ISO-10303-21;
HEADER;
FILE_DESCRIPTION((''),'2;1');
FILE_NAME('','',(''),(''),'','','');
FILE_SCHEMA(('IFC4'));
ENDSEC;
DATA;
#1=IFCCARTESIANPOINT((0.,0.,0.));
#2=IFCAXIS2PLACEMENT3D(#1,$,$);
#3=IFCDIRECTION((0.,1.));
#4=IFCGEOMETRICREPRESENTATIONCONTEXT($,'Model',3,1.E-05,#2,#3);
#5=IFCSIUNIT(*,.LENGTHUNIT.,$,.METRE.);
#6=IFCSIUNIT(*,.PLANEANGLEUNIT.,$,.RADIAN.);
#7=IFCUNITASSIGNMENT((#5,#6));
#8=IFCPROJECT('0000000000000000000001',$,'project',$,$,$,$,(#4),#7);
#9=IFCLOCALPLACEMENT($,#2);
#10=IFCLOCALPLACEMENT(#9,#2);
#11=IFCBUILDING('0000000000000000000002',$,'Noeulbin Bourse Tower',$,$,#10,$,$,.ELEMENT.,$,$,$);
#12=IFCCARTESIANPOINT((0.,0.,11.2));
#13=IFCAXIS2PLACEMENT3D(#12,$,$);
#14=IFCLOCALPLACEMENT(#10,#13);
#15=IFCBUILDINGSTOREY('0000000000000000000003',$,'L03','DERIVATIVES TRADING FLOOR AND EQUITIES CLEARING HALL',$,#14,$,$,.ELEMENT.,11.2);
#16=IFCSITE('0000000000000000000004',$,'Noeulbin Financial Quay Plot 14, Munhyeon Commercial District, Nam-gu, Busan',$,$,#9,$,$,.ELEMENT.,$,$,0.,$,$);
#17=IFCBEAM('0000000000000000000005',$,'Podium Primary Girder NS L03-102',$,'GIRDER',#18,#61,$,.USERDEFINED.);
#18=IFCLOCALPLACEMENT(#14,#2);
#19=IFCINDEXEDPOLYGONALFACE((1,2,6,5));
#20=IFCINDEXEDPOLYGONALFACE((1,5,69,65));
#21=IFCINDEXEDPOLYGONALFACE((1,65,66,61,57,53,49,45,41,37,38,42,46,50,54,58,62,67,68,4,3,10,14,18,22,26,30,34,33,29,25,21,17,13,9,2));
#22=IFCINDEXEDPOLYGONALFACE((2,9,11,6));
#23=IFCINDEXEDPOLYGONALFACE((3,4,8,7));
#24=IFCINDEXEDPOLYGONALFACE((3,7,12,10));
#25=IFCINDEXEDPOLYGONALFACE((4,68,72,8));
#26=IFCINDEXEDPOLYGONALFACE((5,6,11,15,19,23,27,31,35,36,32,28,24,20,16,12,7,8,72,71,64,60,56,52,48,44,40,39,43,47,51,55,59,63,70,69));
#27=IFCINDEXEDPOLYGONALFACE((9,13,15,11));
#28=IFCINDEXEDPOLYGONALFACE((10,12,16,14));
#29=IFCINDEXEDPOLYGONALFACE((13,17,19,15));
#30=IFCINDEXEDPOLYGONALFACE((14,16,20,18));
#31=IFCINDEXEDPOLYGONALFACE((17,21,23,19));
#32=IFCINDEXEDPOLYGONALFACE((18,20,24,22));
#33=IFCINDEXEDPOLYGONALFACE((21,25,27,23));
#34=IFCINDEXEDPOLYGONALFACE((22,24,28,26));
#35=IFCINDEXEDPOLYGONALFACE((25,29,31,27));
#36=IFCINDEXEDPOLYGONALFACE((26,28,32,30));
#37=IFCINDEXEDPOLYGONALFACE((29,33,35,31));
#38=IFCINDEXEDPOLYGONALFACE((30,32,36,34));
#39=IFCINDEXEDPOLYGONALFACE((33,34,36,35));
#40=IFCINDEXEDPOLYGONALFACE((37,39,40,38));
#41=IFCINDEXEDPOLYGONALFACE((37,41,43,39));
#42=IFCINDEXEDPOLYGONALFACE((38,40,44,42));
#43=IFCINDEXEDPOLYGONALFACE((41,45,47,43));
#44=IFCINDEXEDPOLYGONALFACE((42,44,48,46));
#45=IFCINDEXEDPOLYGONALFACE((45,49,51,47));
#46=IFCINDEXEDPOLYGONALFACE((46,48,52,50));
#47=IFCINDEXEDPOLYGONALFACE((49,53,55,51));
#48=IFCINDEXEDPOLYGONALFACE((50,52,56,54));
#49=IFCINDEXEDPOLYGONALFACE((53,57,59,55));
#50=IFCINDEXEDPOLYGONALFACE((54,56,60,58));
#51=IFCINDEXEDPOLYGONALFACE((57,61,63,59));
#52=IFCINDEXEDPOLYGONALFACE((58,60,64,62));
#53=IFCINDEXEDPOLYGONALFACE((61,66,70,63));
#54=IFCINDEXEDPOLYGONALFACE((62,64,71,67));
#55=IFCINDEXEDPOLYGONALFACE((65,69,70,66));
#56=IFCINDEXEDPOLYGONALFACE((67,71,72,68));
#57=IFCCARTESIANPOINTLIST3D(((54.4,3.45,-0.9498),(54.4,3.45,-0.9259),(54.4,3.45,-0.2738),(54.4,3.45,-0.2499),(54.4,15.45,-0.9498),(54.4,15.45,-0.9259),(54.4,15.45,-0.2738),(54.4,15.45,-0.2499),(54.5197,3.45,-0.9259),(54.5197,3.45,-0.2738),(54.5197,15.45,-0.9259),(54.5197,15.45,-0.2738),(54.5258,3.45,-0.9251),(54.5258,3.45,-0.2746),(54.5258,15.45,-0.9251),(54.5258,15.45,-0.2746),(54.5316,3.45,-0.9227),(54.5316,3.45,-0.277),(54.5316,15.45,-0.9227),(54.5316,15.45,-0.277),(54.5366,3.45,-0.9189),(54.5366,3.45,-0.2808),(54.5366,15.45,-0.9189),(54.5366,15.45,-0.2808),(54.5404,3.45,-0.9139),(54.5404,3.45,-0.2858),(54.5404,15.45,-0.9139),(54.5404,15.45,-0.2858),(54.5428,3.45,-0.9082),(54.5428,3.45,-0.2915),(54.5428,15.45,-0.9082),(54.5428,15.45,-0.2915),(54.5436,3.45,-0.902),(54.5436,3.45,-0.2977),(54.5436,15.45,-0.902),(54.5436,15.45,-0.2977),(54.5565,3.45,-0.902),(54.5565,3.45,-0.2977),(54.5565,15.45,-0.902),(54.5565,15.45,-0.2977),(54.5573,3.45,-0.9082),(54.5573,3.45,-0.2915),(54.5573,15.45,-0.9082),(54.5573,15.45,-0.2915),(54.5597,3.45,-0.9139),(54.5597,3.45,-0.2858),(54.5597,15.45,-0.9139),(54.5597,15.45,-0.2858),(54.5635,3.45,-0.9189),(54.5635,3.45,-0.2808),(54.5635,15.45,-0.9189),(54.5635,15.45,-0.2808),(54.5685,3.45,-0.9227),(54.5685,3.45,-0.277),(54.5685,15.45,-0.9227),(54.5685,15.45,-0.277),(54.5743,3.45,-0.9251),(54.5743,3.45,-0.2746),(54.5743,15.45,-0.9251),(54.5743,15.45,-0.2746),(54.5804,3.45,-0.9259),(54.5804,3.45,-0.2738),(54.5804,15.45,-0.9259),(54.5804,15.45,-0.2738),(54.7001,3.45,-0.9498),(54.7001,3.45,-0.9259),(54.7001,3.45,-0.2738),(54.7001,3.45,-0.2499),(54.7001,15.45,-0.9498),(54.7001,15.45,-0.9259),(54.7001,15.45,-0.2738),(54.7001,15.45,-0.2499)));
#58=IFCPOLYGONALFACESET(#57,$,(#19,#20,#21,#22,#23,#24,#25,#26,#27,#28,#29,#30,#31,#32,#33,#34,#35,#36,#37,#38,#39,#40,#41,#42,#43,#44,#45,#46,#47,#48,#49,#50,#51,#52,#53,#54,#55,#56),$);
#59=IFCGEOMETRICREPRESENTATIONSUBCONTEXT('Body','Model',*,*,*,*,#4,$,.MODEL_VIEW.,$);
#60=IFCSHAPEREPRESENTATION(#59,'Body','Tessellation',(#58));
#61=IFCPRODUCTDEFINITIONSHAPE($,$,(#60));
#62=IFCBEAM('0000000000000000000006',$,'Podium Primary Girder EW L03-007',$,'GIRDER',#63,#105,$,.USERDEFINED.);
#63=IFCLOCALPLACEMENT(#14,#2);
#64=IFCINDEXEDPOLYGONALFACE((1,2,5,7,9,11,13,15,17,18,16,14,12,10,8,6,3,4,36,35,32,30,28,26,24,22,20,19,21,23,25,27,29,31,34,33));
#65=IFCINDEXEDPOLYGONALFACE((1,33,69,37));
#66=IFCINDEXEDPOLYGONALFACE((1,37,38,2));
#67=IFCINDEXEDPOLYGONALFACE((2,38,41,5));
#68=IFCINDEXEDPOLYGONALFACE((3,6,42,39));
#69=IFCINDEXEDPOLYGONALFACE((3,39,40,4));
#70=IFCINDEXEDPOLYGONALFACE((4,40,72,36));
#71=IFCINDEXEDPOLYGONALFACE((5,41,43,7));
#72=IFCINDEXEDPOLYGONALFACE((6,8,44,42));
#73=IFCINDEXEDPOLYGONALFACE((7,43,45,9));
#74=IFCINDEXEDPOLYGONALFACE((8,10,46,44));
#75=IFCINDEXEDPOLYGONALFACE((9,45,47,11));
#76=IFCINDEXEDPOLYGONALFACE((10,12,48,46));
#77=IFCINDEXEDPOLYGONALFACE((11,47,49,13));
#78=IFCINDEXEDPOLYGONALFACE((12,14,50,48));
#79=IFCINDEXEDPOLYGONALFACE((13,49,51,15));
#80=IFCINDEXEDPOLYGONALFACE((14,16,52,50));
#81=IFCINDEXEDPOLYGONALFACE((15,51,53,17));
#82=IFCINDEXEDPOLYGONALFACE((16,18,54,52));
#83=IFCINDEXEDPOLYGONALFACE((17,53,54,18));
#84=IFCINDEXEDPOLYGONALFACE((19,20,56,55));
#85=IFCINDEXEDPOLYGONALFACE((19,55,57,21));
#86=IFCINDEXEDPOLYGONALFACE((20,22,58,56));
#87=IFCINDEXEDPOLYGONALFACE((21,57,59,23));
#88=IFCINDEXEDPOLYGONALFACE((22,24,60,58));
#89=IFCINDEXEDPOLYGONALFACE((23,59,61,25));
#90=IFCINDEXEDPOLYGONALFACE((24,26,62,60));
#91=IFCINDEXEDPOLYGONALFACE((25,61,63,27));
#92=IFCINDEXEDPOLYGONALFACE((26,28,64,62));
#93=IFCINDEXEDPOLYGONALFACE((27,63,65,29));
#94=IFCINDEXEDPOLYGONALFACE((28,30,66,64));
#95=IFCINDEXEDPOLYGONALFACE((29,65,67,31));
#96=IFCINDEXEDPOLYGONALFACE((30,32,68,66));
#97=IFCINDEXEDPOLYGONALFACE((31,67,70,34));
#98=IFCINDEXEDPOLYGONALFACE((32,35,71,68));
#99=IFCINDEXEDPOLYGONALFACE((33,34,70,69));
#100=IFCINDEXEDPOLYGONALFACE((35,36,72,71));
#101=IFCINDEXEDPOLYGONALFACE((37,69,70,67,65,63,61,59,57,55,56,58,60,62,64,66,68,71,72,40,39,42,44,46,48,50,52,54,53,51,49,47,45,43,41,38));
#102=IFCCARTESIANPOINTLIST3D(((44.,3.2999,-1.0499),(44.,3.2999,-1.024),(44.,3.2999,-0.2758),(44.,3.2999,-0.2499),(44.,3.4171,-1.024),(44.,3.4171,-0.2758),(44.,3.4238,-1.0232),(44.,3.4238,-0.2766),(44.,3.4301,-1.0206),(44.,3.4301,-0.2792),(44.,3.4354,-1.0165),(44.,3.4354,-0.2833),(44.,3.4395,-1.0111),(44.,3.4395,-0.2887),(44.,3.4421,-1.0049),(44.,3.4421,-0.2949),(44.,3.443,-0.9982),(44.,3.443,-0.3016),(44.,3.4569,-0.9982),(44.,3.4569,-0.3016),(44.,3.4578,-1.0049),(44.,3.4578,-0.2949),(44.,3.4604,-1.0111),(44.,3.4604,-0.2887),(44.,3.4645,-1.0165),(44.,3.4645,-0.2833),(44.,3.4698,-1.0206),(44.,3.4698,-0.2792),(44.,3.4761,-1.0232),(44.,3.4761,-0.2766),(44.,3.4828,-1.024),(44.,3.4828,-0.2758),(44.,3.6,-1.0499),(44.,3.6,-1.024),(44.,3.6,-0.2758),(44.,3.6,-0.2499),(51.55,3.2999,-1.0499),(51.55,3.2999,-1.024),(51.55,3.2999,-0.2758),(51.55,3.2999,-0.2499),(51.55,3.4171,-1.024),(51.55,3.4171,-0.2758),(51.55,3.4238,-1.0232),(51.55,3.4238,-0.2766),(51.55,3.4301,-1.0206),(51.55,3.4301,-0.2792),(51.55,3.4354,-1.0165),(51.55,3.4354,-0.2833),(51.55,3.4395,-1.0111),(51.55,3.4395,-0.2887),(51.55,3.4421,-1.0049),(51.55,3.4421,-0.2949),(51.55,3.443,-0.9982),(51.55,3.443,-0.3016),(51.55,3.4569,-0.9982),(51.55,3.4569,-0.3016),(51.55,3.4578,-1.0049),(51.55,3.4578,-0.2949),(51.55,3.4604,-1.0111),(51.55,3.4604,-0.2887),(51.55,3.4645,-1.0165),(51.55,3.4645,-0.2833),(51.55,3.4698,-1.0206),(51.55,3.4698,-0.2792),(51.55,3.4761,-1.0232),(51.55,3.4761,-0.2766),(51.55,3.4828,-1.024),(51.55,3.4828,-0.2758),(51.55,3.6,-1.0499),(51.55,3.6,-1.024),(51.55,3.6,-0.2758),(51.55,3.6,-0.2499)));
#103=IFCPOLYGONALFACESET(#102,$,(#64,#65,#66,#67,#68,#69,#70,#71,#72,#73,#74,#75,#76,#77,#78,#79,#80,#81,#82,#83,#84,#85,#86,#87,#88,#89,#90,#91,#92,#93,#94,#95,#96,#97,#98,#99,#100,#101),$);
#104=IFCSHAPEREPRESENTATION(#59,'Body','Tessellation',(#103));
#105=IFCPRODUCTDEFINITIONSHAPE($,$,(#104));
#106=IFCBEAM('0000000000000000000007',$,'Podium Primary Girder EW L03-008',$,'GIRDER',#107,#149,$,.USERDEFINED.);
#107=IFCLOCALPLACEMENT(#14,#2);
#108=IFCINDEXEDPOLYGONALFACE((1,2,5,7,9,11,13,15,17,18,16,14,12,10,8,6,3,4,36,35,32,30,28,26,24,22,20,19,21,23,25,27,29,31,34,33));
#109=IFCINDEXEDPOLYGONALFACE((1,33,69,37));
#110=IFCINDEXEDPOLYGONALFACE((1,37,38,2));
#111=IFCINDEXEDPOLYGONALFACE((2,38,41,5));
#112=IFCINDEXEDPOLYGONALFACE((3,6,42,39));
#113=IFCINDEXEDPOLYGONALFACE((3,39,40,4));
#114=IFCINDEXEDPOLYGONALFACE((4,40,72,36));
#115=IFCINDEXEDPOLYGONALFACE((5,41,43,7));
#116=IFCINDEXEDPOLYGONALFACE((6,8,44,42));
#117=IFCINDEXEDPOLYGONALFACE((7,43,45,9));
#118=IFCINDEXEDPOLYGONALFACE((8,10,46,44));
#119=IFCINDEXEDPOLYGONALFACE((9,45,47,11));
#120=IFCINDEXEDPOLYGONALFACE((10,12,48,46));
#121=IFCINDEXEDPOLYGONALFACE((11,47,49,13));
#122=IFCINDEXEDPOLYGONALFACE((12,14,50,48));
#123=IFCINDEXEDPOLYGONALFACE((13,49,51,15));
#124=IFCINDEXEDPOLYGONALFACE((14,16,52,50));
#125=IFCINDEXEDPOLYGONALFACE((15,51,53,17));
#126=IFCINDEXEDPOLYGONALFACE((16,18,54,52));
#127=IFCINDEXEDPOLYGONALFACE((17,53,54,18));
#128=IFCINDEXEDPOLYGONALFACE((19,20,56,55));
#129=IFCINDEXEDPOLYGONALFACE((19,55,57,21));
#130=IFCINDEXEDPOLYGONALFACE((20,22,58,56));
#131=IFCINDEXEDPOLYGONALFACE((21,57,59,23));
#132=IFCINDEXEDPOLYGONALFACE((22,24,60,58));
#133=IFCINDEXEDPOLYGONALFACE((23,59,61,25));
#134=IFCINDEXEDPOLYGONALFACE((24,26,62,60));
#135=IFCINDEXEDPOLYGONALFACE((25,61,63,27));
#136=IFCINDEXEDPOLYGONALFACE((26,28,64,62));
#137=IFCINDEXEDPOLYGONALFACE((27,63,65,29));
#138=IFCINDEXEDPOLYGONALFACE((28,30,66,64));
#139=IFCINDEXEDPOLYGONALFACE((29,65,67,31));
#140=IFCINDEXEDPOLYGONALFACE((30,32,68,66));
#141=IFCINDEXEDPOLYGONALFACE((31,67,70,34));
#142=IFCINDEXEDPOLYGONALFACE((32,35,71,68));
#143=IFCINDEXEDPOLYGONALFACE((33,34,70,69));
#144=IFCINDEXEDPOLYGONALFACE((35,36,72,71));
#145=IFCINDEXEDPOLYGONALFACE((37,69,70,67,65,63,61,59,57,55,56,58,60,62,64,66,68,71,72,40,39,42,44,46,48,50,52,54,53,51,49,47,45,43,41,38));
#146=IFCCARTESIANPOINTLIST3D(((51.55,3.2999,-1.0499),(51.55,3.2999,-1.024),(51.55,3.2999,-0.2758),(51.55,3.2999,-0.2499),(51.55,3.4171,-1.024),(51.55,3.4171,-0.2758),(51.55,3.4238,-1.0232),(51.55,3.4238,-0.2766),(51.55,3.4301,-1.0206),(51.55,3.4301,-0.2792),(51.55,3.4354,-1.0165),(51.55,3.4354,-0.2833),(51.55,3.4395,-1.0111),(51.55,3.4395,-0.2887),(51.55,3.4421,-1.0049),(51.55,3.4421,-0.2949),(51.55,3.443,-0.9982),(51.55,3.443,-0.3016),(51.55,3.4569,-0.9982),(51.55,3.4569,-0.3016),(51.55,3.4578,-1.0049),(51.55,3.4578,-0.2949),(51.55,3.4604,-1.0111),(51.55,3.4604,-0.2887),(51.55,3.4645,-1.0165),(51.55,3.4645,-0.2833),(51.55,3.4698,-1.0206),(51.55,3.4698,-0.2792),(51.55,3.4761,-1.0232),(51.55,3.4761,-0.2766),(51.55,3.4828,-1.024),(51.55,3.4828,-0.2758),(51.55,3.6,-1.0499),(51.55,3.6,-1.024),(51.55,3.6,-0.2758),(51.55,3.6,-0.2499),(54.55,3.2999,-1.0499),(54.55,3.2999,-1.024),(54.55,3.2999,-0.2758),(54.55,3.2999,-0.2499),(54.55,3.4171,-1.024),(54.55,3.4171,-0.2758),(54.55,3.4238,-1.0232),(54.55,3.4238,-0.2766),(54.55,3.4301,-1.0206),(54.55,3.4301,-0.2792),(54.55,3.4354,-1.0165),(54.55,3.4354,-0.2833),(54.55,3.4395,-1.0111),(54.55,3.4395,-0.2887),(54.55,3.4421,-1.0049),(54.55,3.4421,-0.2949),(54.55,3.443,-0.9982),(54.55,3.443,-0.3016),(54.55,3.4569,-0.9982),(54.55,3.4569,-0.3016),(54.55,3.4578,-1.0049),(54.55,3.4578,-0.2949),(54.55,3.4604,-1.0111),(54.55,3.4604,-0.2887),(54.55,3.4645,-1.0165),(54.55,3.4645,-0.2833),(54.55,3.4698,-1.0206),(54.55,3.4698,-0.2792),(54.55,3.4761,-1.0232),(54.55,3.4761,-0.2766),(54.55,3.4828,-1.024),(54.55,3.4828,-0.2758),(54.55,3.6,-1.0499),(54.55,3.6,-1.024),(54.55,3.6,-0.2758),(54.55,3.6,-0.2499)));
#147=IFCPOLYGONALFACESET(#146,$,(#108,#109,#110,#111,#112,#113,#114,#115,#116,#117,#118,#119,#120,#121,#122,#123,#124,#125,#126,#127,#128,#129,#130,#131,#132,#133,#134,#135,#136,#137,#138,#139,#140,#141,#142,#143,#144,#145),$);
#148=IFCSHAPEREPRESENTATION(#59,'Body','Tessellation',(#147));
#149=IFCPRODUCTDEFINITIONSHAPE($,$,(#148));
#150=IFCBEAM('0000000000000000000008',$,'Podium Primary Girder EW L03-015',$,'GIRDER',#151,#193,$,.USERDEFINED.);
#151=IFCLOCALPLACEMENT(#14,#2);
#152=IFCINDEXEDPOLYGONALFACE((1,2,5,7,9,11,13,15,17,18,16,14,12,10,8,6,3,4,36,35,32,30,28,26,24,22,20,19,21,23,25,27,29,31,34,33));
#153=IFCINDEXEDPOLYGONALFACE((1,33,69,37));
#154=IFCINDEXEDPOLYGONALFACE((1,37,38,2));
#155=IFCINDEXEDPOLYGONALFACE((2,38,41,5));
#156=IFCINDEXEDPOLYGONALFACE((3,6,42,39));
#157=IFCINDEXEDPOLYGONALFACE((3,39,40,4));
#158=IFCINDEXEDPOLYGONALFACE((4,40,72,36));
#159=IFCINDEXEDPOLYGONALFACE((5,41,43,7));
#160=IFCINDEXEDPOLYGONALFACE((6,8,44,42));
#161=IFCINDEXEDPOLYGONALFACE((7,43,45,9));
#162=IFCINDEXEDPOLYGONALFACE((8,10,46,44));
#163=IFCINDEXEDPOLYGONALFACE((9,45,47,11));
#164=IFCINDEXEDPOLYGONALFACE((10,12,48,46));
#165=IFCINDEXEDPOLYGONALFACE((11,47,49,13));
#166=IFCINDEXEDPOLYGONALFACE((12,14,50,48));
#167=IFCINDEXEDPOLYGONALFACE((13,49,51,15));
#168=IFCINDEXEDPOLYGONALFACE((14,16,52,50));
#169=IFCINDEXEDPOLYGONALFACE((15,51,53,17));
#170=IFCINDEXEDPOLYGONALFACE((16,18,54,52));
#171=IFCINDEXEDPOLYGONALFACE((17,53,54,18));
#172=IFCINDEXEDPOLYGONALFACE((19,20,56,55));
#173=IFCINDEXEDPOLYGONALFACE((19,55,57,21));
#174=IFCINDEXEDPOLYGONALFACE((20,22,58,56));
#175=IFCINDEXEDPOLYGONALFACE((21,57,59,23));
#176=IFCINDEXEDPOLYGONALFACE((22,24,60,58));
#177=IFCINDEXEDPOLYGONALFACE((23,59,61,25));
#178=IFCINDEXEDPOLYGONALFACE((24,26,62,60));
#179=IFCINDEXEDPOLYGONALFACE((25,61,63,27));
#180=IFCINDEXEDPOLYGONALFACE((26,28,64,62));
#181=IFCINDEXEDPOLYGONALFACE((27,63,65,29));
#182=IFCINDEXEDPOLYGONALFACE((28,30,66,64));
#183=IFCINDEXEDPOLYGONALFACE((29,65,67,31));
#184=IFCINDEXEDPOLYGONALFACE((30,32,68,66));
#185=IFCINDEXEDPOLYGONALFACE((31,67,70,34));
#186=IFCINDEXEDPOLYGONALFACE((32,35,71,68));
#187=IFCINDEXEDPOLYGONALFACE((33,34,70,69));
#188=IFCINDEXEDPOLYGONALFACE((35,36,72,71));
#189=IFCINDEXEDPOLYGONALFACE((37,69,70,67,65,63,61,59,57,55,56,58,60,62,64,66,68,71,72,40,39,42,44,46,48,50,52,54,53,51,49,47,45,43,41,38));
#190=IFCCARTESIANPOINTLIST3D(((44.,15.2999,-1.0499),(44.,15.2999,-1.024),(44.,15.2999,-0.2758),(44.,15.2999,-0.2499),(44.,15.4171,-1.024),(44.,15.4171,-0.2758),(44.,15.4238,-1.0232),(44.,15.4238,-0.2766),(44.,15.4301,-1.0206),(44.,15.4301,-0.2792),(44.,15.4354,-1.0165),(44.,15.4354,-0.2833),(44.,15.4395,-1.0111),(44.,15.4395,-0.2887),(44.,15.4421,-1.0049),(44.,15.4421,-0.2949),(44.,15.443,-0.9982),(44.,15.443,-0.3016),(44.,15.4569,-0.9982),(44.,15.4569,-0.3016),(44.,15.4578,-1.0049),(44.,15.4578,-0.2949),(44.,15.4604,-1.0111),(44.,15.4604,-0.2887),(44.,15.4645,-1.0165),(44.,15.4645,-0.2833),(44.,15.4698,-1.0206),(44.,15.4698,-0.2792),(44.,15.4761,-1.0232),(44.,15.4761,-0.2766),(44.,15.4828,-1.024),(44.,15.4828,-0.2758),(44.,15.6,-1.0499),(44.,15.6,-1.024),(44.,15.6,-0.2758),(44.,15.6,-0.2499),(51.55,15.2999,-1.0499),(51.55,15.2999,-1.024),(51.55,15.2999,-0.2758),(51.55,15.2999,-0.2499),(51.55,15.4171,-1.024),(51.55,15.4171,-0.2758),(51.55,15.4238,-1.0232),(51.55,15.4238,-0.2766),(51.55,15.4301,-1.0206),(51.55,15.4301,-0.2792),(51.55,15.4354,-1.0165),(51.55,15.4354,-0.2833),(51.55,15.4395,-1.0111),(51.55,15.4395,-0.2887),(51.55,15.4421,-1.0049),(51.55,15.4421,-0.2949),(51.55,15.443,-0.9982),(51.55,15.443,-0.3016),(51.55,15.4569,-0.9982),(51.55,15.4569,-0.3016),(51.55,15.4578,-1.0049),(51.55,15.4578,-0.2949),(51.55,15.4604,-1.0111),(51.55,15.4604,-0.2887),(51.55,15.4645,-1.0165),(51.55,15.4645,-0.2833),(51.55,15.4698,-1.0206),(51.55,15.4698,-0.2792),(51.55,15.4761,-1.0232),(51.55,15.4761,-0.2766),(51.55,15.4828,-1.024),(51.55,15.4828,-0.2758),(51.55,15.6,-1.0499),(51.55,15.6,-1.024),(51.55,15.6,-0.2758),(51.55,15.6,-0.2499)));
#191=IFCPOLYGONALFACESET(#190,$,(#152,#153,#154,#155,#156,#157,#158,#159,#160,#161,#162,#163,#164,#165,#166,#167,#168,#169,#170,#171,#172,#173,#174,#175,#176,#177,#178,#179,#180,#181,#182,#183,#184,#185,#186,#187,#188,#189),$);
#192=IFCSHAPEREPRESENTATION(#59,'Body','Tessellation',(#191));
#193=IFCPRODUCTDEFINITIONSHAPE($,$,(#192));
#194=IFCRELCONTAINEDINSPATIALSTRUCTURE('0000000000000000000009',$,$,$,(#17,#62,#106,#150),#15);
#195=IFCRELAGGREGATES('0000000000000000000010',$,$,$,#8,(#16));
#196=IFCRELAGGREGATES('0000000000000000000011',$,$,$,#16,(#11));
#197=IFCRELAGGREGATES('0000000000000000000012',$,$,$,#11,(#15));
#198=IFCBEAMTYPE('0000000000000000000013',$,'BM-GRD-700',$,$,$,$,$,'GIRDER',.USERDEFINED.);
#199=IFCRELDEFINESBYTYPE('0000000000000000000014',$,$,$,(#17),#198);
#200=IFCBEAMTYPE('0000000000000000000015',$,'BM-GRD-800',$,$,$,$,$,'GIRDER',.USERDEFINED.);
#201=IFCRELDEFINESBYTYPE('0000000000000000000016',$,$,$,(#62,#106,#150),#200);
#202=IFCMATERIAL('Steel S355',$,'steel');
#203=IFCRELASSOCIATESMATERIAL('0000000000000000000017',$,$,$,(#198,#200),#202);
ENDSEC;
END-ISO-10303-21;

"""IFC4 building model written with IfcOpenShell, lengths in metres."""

from ifc_helpers import new_model, si_unit, direction, frame, origin, origin_2d, place, context, subcontext, project, spatial, i_section, extrude, material, material_profile, profile_set, type_object, element, save


model = new_model("IFC4")

# Units and contexts
model_context = context("Model", 3, precision=1e-05, world=origin(), true_north=direction((0.0, 1.0)))
body_context = subcontext(model_context, "Body", "Model", "MODEL_VIEW")
ifc_project = project(units=[si_unit("LENGTHUNIT", "METRE"), si_unit("PLANEANGLEUNIT", "RADIAN")], contexts=[model_context])

# Site, building, storey
site_placement = place(None, origin())
site = spatial("IfcSite", under=ifc_project, at=site_placement, Name="Noeulbin Financial Quay Plot 14, Munhyeon Commercial District, Nam-gu, Busan", CompositionType="ELEMENT", RefElevation=0.0)
building_placement = place(site_placement, origin())
building = spatial("IfcBuilding", under=site, at=building_placement, Name="Noeulbin Bourse Tower", CompositionType="ELEMENT")
storey_placement = place(building_placement, frame((0.0, 0.0, 11.2)))
storey = spatial("IfcBuildingStorey", under=building, at=storey_placement, Name="L03", Description="DERIVATIVES TRADING FLOOR AND EQUITIES CLEARING HALL", CompositionType="ELEMENT", Elevation=11.2)

# Beams
ifc_material_1 = material(Name="Steel S355", Category="steel")
ifc_material_profile_1 = material_profile(ifc_material_1, i_section(OverallWidth=0.3, OverallDepth=0.7, WebThickness=0.0129, FlangeThickness=0.0239, FilletRadius=0.0239, at=origin_2d()), Name="H-700x300x13x24", Category="LoadBearing")
ifc_profile_set_1 = profile_set([ifc_material_profile_1], Name="Steel S355")
beam_type_1 = type_object("IfcBeamType", Name="BM-GRD-700", ElementType="GIRDER", PredefinedType="USERDEFINED", material=ifc_profile_set_1)
for number, where, z_axis, x_axis, name in (
    (1, (54.55, 3.45, -0.5999), (0.0, 1.0, 0.0), (-1.0, 0.0, 0.0), "Podium Primary Girder NS L03-102"),
):
    element("IfcBeam", number, at=place(storey_placement, frame(where, z_axis=z_axis, x_axis=x_axis)), inside=storey, type_object=beam_type_1, Name=name, ObjectType="GIRDER", PredefinedType="USERDEFINED", context=body_context, shape_type="SweptSolid", body=[
        extrude(i_section(OverallWidth=0.3, OverallDepth=0.7, WebThickness=0.0129, FlangeThickness=0.0239, FilletRadius=0.0239, at=origin_2d()), origin(), (0.0, 0.0, 1.0), 12.0),
    ])
ifc_material_profile_2 = material_profile(ifc_material_1, i_section(OverallWidth=0.3, OverallDepth=0.8, WebThickness=0.0139, FlangeThickness=0.0259, FilletRadius=0.0259, at=origin_2d()), Name="H-800x300x14x26", Category="LoadBearing")
ifc_profile_set_2 = profile_set([ifc_material_profile_2], Name="Steel S355")
beam_type_2 = type_object("IfcBeamType", Name="BM-GRD-800", ElementType="GIRDER", PredefinedType="USERDEFINED", material=ifc_profile_set_2)
beam_1_placement = place(storey_placement, frame((44.0, 3.45, -0.6499), z_axis=(1.0, 0.0, 0.0), x_axis=(0.0, 1.0, 0.0)))
element("IfcBeam", 2, at=beam_1_placement, inside=storey, type_object=beam_type_2, Name="Podium Primary Girder EW L03-007", ObjectType="GIRDER", PredefinedType="USERDEFINED", context=body_context, shape_type="SweptSolid", body=[
    extrude(i_section(OverallWidth=0.3, OverallDepth=0.8, WebThickness=0.0139, FlangeThickness=0.0259, FilletRadius=0.0259, at=origin_2d()), origin(), (0.0, 0.0, 1.0), 7.55),
])
beam_2_placement = place(storey_placement, frame((51.55, 3.45, -0.6499), z_axis=(1.0, 0.0, 0.0), x_axis=(0.0, 1.0, 0.0)))
element("IfcBeam", 3, at=beam_2_placement, inside=storey, type_object=beam_type_2, Name="Podium Primary Girder EW L03-008", ObjectType="GIRDER", PredefinedType="USERDEFINED", context=body_context, shape_type="SweptSolid", body=[
    extrude(i_section(OverallWidth=0.3, OverallDepth=0.8, WebThickness=0.0139, FlangeThickness=0.0259, FilletRadius=0.0259, at=origin_2d()), origin(), (0.0, 0.0, 1.0), 3.0),
])
beam_3_placement = place(storey_placement, frame((44.0, 15.45, -0.6499), z_axis=(1.0, 0.0, 0.0), x_axis=(0.0, 1.0, 0.0)))
element("IfcBeam", 4, at=beam_3_placement, inside=storey, type_object=beam_type_2, Name="Podium Primary Girder EW L03-015", ObjectType="GIRDER", PredefinedType="USERDEFINED", context=body_context, shape_type="SweptSolid", body=[
    extrude(i_section(OverallWidth=0.3, OverallDepth=0.8, WebThickness=0.0139, FlangeThickness=0.0259, FilletRadius=0.0259, at=origin_2d()), origin(), (0.0, 0.0, 1.0), 7.55),
])

save(model, "model.ifc")
